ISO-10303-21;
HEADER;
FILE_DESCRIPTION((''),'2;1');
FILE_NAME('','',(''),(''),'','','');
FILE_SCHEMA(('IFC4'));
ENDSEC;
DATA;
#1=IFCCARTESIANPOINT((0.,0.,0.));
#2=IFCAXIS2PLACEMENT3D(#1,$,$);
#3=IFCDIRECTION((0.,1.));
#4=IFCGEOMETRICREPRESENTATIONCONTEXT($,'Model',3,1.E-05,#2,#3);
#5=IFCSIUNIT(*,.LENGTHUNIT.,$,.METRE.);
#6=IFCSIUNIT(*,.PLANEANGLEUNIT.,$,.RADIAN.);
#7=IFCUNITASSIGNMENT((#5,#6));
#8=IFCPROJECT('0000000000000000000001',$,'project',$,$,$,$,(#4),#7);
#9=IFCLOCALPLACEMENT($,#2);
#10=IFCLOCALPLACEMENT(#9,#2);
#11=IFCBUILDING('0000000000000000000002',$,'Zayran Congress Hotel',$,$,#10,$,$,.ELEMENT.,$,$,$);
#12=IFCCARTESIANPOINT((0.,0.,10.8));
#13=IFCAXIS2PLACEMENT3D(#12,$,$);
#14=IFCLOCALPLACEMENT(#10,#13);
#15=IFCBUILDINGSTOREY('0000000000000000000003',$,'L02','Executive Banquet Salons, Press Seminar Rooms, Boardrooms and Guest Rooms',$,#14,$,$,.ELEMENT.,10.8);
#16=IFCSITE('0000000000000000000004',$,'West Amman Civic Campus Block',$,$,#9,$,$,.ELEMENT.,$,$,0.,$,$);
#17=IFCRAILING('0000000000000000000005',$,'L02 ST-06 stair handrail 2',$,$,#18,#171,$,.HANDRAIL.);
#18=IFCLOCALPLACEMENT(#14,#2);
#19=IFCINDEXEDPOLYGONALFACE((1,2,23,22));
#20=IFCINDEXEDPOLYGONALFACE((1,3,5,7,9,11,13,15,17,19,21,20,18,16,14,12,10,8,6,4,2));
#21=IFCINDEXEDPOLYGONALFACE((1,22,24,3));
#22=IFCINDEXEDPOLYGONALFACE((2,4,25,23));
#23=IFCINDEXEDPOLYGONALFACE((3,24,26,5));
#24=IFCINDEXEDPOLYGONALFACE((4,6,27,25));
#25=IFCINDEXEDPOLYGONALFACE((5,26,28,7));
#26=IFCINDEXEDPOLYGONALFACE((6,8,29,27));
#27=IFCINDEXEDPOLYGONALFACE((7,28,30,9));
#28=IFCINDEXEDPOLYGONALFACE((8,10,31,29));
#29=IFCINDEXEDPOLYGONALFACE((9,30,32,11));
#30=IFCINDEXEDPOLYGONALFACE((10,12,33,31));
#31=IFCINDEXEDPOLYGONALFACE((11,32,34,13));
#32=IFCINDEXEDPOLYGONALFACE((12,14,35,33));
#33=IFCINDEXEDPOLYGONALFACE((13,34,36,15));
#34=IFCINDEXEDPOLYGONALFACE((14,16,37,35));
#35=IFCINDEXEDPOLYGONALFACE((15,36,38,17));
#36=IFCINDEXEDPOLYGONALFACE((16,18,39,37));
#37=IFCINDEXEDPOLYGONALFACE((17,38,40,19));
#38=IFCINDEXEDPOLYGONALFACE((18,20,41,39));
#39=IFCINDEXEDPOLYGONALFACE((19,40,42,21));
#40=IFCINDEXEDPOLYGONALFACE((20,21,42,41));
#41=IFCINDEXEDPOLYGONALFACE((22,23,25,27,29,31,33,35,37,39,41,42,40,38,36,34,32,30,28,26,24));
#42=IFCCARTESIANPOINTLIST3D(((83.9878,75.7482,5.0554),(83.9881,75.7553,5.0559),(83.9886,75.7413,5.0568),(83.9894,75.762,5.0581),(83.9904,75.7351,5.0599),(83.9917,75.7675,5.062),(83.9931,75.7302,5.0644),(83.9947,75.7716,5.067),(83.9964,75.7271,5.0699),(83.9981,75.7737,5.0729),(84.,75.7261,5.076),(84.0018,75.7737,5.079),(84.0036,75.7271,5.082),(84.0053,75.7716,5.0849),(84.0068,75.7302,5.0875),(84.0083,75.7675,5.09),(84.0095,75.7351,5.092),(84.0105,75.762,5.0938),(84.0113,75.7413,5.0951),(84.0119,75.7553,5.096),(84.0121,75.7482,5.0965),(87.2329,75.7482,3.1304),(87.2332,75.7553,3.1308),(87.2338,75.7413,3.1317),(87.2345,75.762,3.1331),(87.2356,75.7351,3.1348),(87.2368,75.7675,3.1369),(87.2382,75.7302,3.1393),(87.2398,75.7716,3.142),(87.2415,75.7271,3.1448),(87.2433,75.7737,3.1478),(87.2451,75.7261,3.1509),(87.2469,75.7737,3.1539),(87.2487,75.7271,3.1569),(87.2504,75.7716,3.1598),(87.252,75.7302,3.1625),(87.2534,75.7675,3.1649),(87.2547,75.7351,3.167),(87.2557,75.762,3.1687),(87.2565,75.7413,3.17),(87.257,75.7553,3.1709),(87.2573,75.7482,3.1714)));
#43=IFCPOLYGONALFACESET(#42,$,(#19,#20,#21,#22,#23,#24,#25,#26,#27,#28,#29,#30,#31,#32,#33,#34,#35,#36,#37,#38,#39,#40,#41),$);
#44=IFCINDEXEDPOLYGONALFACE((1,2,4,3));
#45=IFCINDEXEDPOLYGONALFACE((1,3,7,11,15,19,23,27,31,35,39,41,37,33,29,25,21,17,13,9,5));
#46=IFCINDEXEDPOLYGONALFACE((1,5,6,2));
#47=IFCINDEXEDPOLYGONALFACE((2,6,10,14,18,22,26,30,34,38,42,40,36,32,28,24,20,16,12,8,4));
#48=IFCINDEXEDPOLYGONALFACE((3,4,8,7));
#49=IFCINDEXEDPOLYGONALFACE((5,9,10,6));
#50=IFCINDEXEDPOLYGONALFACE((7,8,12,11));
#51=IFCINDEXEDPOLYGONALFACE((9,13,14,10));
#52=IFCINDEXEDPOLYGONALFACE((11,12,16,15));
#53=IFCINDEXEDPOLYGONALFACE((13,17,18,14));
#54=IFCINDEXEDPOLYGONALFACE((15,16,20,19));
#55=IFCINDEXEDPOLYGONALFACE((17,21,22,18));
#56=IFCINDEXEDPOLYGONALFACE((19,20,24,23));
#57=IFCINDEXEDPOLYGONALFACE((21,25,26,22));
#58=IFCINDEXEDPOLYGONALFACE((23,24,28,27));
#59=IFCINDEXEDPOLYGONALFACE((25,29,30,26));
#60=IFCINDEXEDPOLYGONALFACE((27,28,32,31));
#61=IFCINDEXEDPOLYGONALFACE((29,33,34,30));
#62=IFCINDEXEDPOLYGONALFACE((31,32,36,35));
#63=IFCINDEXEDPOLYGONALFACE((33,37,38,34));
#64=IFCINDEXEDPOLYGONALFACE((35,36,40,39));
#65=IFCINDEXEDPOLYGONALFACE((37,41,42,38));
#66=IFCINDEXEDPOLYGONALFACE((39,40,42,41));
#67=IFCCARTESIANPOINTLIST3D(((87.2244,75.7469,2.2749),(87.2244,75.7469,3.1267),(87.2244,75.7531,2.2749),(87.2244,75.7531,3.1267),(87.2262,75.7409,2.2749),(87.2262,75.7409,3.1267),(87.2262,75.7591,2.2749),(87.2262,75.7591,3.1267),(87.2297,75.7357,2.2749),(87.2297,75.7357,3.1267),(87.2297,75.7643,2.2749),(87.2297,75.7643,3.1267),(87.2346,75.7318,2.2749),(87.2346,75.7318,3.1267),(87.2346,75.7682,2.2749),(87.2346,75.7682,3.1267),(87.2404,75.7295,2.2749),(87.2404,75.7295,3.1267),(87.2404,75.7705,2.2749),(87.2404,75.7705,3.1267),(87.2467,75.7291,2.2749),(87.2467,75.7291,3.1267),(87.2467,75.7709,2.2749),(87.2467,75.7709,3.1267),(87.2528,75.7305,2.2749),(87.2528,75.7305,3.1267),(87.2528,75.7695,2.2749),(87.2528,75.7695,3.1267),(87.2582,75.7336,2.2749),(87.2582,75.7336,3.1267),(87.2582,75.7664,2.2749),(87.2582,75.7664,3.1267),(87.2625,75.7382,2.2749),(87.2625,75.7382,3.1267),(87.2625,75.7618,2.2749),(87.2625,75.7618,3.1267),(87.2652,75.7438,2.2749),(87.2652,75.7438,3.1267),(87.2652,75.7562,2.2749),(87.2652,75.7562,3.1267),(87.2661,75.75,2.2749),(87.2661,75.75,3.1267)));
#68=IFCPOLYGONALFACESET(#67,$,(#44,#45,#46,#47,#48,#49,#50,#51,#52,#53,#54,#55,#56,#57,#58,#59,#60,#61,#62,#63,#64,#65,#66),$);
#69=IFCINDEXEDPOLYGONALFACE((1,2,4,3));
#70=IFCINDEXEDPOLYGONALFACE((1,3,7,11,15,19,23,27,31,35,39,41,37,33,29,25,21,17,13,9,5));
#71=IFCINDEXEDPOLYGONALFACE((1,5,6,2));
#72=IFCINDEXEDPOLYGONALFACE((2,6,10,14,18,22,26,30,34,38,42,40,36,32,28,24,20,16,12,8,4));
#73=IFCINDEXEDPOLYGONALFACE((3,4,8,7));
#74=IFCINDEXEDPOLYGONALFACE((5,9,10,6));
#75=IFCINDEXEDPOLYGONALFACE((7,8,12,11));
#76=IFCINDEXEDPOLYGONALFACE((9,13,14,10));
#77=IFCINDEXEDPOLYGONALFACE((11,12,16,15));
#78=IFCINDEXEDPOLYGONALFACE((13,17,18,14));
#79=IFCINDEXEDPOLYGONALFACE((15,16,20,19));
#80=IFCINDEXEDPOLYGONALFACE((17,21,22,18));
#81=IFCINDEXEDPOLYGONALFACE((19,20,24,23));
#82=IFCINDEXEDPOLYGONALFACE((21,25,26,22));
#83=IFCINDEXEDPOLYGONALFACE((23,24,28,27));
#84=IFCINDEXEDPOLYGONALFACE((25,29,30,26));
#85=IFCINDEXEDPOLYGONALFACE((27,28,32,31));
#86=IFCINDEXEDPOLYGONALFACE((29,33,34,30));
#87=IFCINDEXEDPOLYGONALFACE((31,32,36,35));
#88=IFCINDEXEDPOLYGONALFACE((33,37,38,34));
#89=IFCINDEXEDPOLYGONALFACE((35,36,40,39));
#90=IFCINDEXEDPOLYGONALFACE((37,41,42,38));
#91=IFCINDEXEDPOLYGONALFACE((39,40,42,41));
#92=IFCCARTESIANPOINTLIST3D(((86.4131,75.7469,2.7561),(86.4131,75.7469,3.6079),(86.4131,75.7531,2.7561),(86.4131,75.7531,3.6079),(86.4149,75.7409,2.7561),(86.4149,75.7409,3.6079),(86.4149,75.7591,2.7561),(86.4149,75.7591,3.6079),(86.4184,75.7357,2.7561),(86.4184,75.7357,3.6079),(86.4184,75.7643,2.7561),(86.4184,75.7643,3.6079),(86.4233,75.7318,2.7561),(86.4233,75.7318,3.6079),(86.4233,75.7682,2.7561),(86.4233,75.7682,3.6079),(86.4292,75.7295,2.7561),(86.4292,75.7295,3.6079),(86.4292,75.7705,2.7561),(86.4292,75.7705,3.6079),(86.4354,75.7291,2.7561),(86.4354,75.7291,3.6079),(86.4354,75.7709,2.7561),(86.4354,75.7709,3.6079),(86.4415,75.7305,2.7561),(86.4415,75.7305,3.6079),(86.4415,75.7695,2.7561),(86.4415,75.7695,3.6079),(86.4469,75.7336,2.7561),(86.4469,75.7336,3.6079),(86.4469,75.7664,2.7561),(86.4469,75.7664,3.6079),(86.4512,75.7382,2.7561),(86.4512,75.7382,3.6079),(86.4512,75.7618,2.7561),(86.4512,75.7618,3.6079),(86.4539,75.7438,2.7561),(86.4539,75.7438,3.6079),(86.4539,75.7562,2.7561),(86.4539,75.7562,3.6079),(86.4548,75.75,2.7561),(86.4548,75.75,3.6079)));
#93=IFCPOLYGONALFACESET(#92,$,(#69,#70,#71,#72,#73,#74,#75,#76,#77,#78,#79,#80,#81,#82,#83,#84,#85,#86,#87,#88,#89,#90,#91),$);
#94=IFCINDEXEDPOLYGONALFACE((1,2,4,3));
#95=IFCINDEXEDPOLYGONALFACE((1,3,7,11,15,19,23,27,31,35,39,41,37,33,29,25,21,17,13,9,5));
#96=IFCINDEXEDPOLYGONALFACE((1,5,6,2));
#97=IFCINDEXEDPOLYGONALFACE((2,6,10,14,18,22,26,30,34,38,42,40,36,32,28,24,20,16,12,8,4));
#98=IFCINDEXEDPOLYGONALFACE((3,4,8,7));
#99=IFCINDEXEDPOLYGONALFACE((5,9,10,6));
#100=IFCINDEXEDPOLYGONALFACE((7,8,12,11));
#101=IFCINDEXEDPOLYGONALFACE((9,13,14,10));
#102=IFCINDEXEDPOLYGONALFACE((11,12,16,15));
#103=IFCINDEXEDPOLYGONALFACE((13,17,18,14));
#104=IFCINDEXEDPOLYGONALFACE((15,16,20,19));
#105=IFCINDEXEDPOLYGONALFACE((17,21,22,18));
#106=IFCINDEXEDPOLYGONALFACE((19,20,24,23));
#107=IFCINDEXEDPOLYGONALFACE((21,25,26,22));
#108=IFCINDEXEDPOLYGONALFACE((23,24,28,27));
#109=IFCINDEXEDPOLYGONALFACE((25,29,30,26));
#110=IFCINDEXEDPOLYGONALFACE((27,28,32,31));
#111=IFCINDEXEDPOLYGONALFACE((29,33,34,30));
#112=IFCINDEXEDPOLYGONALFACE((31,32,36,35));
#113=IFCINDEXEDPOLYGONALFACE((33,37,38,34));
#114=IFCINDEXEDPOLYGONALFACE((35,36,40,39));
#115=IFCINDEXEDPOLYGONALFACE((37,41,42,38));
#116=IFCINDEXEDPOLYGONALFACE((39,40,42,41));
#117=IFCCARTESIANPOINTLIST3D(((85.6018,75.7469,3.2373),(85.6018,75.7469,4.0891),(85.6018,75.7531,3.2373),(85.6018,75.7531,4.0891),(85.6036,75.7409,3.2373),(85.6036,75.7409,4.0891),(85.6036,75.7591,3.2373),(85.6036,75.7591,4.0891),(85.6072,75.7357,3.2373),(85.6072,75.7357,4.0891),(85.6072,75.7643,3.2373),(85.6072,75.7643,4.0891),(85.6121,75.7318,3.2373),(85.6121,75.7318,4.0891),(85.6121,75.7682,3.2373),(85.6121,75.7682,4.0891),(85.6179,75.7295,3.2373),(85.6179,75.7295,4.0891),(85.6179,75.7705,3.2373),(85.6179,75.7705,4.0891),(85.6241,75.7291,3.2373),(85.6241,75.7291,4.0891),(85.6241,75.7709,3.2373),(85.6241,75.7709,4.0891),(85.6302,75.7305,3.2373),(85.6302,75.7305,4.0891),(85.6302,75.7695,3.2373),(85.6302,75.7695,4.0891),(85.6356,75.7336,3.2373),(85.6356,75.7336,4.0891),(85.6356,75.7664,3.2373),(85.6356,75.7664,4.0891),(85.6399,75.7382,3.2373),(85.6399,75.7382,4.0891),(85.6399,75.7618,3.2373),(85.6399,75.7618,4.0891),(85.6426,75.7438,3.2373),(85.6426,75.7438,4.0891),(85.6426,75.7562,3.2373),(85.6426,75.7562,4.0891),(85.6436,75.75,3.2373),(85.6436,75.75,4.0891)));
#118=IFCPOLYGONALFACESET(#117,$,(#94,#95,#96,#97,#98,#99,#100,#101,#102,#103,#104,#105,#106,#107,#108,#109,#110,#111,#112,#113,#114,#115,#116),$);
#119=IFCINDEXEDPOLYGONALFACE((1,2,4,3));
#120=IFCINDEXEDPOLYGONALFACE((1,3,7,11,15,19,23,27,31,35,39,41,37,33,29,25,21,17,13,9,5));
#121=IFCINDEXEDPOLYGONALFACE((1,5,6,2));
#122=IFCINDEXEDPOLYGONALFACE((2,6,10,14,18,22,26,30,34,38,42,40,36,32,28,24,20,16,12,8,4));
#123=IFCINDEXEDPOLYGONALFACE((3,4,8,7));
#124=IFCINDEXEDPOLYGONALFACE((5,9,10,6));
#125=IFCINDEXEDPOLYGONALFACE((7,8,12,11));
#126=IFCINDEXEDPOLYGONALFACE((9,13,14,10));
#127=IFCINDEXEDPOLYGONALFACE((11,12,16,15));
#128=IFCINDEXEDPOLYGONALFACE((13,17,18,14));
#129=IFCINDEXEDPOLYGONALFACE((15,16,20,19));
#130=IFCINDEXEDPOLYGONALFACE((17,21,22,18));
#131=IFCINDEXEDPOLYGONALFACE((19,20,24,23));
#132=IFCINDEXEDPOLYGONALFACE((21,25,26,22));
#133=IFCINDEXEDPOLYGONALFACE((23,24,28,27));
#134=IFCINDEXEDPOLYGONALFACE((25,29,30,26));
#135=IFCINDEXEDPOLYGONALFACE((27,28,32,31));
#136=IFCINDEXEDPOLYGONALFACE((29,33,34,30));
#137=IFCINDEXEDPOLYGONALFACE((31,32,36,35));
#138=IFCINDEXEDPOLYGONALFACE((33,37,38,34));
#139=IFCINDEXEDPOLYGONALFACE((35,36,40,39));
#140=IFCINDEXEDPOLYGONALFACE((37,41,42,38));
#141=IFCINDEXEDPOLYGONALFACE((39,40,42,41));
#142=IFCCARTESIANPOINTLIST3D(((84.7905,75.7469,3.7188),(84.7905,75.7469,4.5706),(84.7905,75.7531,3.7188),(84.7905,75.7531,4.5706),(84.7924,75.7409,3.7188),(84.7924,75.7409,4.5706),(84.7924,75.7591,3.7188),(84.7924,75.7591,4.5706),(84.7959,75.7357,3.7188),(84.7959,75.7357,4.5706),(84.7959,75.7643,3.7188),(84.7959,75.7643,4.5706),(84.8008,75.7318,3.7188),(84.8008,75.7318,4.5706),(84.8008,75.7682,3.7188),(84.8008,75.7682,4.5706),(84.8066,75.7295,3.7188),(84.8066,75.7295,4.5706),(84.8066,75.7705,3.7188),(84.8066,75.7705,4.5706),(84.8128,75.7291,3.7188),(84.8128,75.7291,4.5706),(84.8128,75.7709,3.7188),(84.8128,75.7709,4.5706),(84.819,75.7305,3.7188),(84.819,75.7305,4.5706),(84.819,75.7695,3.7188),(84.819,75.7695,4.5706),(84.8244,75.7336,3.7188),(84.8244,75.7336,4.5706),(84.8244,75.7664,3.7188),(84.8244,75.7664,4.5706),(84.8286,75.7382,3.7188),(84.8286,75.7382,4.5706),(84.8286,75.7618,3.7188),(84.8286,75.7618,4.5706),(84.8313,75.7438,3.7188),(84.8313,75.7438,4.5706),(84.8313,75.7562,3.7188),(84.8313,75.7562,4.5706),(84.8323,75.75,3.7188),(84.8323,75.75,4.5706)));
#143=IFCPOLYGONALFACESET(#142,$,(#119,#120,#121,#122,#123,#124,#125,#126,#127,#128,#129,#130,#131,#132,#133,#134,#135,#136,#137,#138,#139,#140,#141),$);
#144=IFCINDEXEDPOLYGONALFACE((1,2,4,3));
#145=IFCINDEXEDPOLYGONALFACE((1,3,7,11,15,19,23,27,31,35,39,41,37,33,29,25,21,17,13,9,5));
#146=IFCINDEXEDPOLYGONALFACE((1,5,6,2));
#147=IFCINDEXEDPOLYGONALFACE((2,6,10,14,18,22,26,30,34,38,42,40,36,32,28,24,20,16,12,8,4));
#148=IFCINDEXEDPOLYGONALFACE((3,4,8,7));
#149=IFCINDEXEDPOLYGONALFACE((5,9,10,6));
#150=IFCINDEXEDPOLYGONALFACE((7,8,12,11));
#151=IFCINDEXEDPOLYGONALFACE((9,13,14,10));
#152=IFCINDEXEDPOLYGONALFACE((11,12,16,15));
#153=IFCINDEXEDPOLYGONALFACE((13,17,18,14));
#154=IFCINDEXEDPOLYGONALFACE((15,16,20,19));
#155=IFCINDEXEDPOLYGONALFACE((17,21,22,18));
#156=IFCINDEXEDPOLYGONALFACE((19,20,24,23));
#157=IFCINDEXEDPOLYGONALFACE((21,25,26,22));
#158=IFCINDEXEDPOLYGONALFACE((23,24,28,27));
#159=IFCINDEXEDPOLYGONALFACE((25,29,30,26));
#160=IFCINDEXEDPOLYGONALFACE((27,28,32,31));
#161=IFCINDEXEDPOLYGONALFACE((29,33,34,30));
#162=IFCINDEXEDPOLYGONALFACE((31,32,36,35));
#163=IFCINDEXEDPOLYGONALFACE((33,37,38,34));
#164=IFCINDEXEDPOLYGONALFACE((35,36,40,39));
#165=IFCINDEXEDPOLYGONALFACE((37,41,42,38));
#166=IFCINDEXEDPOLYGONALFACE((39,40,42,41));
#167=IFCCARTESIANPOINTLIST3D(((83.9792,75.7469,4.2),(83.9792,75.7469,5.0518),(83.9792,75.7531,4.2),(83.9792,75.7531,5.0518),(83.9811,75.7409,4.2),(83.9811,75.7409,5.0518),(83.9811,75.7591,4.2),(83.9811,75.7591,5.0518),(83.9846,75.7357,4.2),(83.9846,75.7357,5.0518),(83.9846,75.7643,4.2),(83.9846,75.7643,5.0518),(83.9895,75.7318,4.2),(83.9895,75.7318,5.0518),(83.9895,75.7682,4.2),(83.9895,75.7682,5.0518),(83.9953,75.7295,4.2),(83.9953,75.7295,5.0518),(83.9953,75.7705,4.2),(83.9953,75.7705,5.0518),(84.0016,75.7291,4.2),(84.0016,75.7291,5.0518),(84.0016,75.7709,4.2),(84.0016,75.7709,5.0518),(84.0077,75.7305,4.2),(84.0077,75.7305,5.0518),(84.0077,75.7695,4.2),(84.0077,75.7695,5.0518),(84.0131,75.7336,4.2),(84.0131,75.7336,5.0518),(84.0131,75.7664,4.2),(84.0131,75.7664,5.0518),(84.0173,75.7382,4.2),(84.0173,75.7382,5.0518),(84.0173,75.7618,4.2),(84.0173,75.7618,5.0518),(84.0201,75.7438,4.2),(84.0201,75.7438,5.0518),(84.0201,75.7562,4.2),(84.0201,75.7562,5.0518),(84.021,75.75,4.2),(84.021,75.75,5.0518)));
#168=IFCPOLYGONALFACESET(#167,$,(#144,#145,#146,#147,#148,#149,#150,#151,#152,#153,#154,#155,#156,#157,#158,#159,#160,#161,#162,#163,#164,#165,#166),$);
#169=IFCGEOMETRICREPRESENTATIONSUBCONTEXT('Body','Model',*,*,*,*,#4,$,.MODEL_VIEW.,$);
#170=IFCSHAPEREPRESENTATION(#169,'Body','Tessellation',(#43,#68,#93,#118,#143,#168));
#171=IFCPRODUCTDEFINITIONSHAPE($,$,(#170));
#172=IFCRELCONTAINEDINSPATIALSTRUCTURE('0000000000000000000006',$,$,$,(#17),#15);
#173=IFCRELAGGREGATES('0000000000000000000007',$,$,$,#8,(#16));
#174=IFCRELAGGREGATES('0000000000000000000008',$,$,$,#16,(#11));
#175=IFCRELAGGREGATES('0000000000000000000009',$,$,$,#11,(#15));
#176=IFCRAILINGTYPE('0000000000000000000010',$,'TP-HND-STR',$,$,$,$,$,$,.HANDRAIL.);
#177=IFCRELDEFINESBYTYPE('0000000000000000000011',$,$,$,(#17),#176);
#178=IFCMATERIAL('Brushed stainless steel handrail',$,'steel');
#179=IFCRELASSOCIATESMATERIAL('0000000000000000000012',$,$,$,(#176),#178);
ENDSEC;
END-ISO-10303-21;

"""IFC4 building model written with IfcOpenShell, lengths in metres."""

from ifc_helpers import new_model, si_unit, direction, frame, origin, origin_2d, place, context, subcontext, project, spatial, circle, extrude, material, type_object, element, save


model = new_model("IFC4")

# Units and contexts
model_context = context("Model", 3, precision=1e-05, world=origin(), true_north=direction((0.0, 1.0)))
body_context = subcontext(model_context, "Body", "Model", "MODEL_VIEW")
ifc_project = project(units=[si_unit("LENGTHUNIT", "METRE"), si_unit("PLANEANGLEUNIT", "RADIAN")], contexts=[model_context])

# Site, building, storey
site_placement = place(None, origin())
site = spatial("IfcSite", under=ifc_project, at=site_placement, Name="West Amman Civic Campus Block", CompositionType="ELEMENT", RefElevation=0.0)
building_placement = place(site_placement, origin())
building = spatial("IfcBuilding", under=site, at=building_placement, Name="Zayran Congress Hotel", CompositionType="ELEMENT")
storey_placement = place(building_placement, frame((0.0, 0.0, 10.8)))
storey = spatial("IfcBuildingStorey", under=building, at=storey_placement, Name="L02", Description="Executive Banquet Salons, Press Seminar Rooms, Boardrooms and Guest Rooms", CompositionType="ELEMENT", Elevation=10.8)

# Railing
ifc_material_1 = material(Name="Brushed stainless steel handrail", Category="steel")
railing_type_1 = type_object("IfcRailingType", Name="TP-HND-STR", PredefinedType="HANDRAIL", material=ifc_material_1)
railing_1_placement = place(storey_placement, frame((87.2451, 75.75, 2.2749)))
element("IfcRailing", 1, at=railing_1_placement, inside=storey, type_object=railing_type_1, Name="L02 ST-06 stair handrail 2", PredefinedType="HANDRAIL", context=body_context, shape_type="SweptSolid", body=[
    extrude(circle(Radius=0.0239, at=origin_2d()), frame((0.0, 0.0, 0.876), z_axis=(-0.860057, 0.0, 0.510198), x_axis=(0.0, -1.0, 0.0)), (0.0, 0.0, 1.0), 3.7732),
    extrude(circle(Radius=0.021, at=origin_2d()), origin(), (0.0, 0.0, 1.0), 0.8518),
    extrude(circle(Radius=0.021, at=origin_2d()), frame((-0.8113, 0.0, 0.4812)), (0.0, 0.0, 1.0), 0.8518),
    extrude(circle(Radius=0.021, at=origin_2d()), frame((-1.6226, 0.0, 0.9624)), (0.0, 0.0, 1.0), 0.8518),
    extrude(circle(Radius=0.021, at=origin_2d()), frame((-2.4338, 0.0, 1.4438)), (0.0, 0.0, 1.0), 0.8518),
    extrude(circle(Radius=0.021, at=origin_2d()), frame((-3.2451, 0.0, 1.925)), (0.0, 0.0, 1.0), 0.8518),
])

save(model, "model.ifc")
